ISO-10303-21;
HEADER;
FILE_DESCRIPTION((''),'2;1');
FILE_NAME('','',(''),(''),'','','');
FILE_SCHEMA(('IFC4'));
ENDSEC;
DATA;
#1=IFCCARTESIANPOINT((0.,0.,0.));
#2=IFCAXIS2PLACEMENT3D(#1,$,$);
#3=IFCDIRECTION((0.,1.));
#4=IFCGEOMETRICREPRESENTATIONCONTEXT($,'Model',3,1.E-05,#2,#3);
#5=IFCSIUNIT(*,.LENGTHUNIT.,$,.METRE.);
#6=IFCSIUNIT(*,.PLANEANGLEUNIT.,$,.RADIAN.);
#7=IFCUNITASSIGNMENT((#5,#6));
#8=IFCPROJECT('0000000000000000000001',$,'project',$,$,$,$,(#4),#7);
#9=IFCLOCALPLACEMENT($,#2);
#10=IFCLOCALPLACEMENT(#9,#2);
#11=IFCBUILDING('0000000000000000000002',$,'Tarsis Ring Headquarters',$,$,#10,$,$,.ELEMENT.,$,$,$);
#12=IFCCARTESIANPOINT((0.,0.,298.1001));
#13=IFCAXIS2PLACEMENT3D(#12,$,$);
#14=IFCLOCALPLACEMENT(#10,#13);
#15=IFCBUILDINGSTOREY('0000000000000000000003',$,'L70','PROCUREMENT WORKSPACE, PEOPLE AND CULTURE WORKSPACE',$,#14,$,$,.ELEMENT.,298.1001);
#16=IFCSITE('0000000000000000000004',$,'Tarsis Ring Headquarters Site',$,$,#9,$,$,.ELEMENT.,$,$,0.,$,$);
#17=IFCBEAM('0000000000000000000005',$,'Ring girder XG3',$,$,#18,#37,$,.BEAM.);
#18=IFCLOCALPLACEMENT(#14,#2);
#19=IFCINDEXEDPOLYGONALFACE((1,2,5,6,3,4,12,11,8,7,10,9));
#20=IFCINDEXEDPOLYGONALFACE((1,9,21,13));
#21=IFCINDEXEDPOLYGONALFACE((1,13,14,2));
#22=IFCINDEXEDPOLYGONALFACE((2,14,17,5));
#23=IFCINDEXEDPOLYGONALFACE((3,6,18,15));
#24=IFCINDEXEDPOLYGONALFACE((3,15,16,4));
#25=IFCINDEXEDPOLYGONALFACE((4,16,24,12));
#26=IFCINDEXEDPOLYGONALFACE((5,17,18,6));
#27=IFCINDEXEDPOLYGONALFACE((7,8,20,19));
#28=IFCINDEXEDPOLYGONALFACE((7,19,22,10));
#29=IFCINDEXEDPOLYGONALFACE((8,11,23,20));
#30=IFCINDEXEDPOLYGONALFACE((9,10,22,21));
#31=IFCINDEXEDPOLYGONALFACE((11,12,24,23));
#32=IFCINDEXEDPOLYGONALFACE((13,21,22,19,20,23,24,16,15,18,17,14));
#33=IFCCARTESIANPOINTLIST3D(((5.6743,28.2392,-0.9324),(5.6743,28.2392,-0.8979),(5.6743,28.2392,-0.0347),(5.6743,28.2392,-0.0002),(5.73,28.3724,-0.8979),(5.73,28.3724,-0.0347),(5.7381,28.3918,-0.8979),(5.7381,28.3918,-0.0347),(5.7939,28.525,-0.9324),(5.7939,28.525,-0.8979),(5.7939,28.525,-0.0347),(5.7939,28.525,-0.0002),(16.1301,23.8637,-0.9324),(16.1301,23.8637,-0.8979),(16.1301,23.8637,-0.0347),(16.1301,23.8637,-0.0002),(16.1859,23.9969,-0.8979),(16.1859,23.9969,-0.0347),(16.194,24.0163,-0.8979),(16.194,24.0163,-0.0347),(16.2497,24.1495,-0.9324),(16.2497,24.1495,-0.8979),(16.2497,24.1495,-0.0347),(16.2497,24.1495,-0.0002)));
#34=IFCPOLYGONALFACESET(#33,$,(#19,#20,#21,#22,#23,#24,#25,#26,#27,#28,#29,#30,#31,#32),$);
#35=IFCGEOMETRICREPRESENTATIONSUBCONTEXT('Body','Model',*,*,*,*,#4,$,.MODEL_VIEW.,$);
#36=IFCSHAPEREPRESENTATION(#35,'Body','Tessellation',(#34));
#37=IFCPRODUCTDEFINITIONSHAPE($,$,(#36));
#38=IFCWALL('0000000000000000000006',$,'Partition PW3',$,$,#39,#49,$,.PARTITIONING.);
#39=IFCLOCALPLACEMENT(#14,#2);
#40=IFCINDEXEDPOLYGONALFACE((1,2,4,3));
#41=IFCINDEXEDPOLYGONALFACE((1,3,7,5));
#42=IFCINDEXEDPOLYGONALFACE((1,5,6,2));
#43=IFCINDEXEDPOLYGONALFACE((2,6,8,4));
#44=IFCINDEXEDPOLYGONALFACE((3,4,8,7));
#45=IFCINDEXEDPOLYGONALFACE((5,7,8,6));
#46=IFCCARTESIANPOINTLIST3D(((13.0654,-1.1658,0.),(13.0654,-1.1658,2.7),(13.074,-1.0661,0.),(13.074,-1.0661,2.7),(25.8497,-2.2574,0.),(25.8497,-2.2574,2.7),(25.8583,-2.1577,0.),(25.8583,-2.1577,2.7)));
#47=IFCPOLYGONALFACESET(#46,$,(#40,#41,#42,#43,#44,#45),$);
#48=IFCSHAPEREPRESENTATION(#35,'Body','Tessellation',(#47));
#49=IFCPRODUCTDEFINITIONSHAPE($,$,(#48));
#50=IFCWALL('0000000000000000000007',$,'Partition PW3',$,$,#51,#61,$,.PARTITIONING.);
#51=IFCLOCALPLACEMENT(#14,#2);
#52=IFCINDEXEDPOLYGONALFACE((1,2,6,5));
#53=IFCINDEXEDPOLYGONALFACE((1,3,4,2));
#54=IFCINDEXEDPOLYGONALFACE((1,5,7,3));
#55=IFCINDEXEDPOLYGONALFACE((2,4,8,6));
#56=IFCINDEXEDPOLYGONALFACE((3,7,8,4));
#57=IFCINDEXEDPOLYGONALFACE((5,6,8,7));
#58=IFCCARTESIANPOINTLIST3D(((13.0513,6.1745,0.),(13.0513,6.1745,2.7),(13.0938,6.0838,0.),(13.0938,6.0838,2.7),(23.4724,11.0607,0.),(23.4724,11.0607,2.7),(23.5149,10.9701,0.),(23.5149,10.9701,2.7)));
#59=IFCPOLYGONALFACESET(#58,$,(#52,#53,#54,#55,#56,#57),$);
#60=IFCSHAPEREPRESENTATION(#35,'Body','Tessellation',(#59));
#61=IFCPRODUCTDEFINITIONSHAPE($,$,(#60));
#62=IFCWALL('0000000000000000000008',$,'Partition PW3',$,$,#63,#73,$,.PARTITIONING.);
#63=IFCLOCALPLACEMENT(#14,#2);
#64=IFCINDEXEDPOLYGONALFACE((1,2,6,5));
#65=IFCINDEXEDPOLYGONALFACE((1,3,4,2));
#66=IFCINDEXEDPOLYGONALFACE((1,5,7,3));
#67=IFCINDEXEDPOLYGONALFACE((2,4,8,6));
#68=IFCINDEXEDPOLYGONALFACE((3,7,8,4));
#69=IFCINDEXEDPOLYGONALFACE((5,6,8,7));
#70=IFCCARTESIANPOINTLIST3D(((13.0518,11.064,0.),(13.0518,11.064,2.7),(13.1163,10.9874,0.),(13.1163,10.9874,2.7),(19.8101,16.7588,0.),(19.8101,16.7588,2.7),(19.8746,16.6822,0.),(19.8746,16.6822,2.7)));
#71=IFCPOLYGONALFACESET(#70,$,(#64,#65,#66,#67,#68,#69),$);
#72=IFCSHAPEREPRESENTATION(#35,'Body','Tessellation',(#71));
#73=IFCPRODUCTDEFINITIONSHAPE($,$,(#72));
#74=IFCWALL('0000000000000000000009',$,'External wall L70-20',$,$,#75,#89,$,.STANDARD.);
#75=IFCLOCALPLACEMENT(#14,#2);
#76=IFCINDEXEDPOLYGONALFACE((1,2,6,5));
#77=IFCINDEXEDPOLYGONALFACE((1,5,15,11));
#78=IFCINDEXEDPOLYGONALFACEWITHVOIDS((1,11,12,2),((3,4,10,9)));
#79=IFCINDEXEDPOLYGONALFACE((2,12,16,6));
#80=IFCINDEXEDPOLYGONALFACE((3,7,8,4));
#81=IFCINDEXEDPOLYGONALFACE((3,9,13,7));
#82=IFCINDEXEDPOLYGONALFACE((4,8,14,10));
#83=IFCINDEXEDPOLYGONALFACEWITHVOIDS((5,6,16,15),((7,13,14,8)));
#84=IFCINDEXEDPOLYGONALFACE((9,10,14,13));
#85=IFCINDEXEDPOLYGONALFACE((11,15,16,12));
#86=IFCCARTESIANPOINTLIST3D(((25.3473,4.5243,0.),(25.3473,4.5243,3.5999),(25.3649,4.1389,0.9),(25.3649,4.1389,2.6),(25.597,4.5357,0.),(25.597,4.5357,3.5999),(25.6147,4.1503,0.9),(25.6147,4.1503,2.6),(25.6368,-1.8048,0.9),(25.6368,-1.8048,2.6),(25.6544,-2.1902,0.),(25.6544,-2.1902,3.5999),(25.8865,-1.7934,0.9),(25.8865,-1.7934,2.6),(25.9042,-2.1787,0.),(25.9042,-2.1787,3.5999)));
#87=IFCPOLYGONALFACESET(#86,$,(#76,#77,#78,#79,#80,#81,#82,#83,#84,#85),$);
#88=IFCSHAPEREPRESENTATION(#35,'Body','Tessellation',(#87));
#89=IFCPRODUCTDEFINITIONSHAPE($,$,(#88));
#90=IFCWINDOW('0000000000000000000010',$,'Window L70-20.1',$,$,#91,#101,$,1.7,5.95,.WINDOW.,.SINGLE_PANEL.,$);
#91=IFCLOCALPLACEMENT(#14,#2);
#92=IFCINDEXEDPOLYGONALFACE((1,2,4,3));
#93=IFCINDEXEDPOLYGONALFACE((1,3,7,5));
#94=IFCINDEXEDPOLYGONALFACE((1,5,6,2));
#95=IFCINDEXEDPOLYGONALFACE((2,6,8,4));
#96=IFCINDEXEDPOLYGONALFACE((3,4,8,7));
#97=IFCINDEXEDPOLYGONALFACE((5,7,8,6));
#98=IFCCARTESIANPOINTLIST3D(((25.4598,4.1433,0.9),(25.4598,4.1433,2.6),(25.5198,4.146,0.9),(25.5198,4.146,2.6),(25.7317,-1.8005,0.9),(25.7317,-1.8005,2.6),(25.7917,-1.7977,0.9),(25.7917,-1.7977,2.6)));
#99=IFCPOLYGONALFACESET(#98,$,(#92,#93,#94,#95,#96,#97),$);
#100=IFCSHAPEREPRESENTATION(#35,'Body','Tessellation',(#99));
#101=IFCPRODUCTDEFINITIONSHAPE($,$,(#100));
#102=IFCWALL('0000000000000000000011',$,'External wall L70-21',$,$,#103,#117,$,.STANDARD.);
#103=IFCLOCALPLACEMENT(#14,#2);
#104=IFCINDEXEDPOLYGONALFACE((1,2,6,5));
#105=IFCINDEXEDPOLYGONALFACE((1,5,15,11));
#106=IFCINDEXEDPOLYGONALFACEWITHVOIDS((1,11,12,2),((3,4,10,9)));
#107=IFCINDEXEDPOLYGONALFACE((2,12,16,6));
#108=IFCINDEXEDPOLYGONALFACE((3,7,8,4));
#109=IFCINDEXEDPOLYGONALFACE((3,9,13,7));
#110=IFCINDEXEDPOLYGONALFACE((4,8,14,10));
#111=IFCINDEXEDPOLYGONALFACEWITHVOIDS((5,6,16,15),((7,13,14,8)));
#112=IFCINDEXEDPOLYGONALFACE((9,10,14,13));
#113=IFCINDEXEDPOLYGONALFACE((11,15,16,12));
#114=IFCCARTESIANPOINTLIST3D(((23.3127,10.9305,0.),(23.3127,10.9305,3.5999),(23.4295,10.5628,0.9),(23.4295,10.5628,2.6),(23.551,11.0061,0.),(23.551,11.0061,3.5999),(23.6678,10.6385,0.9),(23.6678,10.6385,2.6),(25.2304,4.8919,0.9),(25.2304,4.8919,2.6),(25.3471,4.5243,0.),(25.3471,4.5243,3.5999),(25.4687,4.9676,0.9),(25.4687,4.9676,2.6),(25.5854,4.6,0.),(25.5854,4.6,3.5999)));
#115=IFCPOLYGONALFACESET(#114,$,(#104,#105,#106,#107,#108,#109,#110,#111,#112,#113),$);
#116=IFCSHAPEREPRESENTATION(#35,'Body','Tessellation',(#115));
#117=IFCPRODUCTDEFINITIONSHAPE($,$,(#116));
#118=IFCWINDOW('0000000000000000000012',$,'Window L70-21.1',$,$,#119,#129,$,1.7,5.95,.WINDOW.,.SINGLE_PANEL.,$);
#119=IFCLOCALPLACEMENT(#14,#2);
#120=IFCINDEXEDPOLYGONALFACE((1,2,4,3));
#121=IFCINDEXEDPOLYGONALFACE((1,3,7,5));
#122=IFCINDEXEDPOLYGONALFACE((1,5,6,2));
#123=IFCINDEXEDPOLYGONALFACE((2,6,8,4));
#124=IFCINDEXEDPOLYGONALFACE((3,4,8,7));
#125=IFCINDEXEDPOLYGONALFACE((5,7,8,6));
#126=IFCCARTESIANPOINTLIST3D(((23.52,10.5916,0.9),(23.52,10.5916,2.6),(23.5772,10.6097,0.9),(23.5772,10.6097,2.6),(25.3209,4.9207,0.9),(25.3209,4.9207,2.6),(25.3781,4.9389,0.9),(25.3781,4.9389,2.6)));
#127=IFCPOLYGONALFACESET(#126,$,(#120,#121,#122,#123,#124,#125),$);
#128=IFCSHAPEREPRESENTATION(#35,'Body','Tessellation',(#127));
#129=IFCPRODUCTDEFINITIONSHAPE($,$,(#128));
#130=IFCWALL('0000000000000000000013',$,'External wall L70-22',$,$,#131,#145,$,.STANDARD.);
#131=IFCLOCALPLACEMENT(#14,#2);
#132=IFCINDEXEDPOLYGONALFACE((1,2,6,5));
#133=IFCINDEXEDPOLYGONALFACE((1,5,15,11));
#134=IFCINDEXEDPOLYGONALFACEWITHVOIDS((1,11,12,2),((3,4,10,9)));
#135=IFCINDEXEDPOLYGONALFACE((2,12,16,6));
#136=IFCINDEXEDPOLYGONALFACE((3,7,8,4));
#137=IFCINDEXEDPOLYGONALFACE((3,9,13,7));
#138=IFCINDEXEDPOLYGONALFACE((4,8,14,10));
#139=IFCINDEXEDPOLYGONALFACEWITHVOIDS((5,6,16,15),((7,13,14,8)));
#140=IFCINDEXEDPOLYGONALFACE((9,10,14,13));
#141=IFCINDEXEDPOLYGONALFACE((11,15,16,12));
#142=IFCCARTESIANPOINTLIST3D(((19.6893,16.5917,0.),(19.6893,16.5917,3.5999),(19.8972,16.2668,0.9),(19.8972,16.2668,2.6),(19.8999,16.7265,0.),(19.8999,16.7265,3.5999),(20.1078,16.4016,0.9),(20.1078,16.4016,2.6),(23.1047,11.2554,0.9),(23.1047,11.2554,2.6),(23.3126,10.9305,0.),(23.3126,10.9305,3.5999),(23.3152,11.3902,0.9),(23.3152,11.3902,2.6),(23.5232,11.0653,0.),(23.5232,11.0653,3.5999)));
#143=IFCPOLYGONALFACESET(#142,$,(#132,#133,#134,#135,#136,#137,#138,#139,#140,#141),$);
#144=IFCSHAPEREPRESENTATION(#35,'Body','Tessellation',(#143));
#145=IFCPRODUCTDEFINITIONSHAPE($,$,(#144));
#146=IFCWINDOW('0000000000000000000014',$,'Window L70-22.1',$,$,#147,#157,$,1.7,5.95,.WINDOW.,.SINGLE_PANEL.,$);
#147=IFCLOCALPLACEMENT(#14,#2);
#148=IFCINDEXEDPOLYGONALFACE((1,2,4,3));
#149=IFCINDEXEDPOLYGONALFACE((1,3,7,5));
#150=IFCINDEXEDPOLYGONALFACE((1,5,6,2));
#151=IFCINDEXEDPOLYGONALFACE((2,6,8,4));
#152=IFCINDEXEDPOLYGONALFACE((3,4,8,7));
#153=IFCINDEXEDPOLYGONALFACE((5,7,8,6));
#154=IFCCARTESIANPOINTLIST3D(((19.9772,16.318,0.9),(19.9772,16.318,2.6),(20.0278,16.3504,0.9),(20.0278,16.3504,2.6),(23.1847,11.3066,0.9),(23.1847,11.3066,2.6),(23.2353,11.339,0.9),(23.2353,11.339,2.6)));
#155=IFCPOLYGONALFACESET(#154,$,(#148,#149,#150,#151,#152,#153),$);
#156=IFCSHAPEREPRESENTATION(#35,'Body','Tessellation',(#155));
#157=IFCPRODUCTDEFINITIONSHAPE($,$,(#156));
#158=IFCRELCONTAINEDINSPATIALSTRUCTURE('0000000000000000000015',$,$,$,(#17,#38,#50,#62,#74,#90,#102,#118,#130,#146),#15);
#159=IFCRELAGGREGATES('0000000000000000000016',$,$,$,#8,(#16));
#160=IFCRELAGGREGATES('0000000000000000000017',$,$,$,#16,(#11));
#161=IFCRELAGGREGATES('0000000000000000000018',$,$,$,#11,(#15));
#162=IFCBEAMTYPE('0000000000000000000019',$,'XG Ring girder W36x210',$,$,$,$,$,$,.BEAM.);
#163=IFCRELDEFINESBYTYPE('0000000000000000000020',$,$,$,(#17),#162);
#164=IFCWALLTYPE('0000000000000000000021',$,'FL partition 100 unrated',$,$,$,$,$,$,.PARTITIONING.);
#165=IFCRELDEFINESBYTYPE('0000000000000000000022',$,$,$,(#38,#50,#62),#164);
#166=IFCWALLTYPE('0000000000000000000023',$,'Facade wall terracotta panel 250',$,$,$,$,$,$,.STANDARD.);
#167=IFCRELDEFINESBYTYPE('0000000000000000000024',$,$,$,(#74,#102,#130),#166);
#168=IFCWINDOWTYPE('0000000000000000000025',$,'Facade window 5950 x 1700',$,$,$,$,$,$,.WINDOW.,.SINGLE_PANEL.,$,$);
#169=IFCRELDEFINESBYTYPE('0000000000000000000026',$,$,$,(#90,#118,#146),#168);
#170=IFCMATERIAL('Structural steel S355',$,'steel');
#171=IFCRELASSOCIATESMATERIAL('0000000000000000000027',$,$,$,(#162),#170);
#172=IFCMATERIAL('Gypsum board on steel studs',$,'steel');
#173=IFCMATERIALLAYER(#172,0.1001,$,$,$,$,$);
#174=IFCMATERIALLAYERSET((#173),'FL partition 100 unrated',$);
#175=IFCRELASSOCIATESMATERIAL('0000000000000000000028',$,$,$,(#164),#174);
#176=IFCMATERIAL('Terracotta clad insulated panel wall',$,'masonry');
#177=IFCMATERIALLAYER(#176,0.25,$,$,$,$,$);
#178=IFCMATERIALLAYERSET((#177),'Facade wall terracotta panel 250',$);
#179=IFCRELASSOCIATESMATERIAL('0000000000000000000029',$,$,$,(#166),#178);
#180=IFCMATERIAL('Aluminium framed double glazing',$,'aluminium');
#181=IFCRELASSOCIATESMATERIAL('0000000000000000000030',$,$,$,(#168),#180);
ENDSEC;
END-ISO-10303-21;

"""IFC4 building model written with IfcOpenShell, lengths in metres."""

from ifc_helpers import new_model, si_unit, direction, frame, frame_2d, origin, origin_2d, place, context, subcontext, project, spatial, rectangle, i_section, extrude, material, layer, layer_set, material_profile, profile_set, type_object, element, fill, save


model = new_model("IFC4")

# Units and contexts
model_context = context("Model", 3, precision=1e-05, world=origin(), true_north=direction((0.0, 1.0)))
body_context = subcontext(model_context, "Body", "Model", "MODEL_VIEW")
ifc_project = project(units=[si_unit("LENGTHUNIT", "METRE"), si_unit("PLANEANGLEUNIT", "RADIAN")], contexts=[model_context])

# Site, building, storey
site_placement = place(None, origin())
site = spatial("IfcSite", under=ifc_project, at=site_placement, Name="Tarsis Ring Headquarters Site", CompositionType="ELEMENT", RefElevation=0.0)
building_placement = place(site_placement, origin())
building = spatial("IfcBuilding", under=site, at=building_placement, Name="Tarsis Ring Headquarters", CompositionType="ELEMENT")
storey_placement = place(building_placement, frame((0.0, 0.0, 298.1001)))
storey = spatial("IfcBuildingStorey", under=building, at=storey_placement, Name="L70", Description="PROCUREMENT WORKSPACE, PEOPLE AND CULTURE WORKSPACE", CompositionType="ELEMENT", Elevation=298.1001)

# Shared definitions
ifc_material_1 = material(Name="Structural steel S355", Category="steel")

# Beam
ifc_material_profile_1 = material_profile(ifc_material_1, i_section(OverallWidth=0.3098, OverallDepth=0.9321, WebThickness=0.021, FlangeThickness=0.0344, at=origin_2d()), Name="W36x210")
ifc_profile_set_1 = profile_set([ifc_material_profile_1], Name="Structural steel S355")
beam_type_1 = type_object("IfcBeamType", Name="XG Ring girder W36x210", PredefinedType="BEAM", material=ifc_profile_set_1)
for number, where, z_axis, x_axis, name in (
    (1, (16.1899, 24.0066, -0.4663), (-0.922484, 0.386036, 0.0), (-0.386036, -0.922484, 0.0), "Ring girder XG3"),
):
    element("IfcBeam", number, at=place(storey_placement, frame(where, z_axis=z_axis, x_axis=x_axis)), inside=storey, type_object=beam_type_1, Name=name, PredefinedType="BEAM", context=body_context, shape_type="SweptSolid", body=[
        extrude(i_section(OverallWidth=0.3098, OverallDepth=0.9321, WebThickness=0.021, FlangeThickness=0.0344, at=origin_2d()), origin(), (0.0, 0.0, 1.0), 11.3345),
    ])

# Walls
ifc_material_2 = material(Name="Gypsum board on steel studs", Category="steel")
ifc_layer_1 = layer(ifc_material_2, 0.1001)
ifc_layer_set_1 = layer_set([ifc_layer_1], Name="FL partition 100 unrated")
wall_type_1 = type_object("IfcWallType", Name="FL partition 100 unrated", PredefinedType="PARTITIONING", material=ifc_layer_set_1)
wall_1_placement = place(storey_placement, frame((13.0696, -1.116, 0.0), z_axis=(0.0, 0.0, 1.0), x_axis=(0.996375, -0.085074, 0.0)))
element("IfcWall", 2, at=wall_1_placement, inside=storey, type_object=wall_type_1, Name="Partition PW3", PredefinedType="PARTITIONING", context=body_context, shape_type="SweptSolid", body=[
    extrude(rectangle(XDim=12.8308, YDim=0.1001, at=frame_2d((6.4155, 0.0))), origin(), (0.0, 0.0, 1.0), 2.7),
])
wall_2_placement = place(storey_placement, frame((13.0725, 6.1292, 0.0), z_axis=(0.0, 0.0, 1.0), x_axis=(0.905415, 0.424528, 0.0)))
element("IfcWall", 3, at=wall_2_placement, inside=storey, type_object=wall_type_1, Name="Partition PW3", PredefinedType="PARTITIONING", context=body_context, shape_type="SweptSolid", body=[
    extrude(rectangle(XDim=11.5098, YDim=0.1001, at=frame_2d((5.7549, 0.0))), origin(), (0.0, 0.0, 1.0), 2.7),
])
wall_3_placement = place(storey_placement, frame((13.084, 11.0256, 0.0), z_axis=(0.0, 0.0, 1.0), x_axis=(0.764709, 0.644376, 0.0)))
element("IfcWall", 4, at=wall_3_placement, inside=storey, type_object=wall_type_1, Name="Partition PW3", PredefinedType="PARTITIONING", context=body_context, shape_type="SweptSolid", body=[
    extrude(rectangle(XDim=8.8376, YDim=0.1001, at=frame_2d((4.4189, 0.0))), origin(), (0.0, 0.0, 1.0), 2.7),
])

# Walls, openings, windows
ifc_material_3 = material(Name="Terracotta clad insulated panel wall", Category="masonry")
ifc_layer_2 = layer(ifc_material_3, 0.25)
ifc_layer_set_2 = layer_set([ifc_layer_2], Name="Facade wall terracotta panel 250")
wall_type_2 = type_object("IfcWallType", Name="Facade wall terracotta panel 250", PredefinedType="STANDARD", material=ifc_layer_set_2)
wall_4_placement = place(storey_placement, frame((25.7793, -2.1846, 0.0), z_axis=(0.0, 0.0, 1.0), x_axis=(-0.045694, 0.998955, 0.0)))
wall_4 = element("IfcWall", 5, at=wall_4_placement, inside=storey, type_object=wall_type_2, Name="External wall L70-20", PredefinedType="STANDARD", context=body_context, shape_type="SweptSolid", body=[
    extrude(rectangle(XDim=6.7214, YDim=0.25, at=frame_2d((3.3608, 0.0))), origin(), (0.0, 0.0, 1.0), 3.5999),
])
opening_1_placement = place(wall_4_placement, frame((0.3857, 0.0, 0.8999)))
opening_1 = element("IfcOpeningElement", 6, at=opening_1_placement, cuts=wall_4, PredefinedType="OPENING", context=body_context, shape_type="SweptSolid", body=[
    extrude(rectangle(XDim=5.95, YDim=1.7, at=frame_2d((2.9751, 0.8501))), frame((0.0, 0.135, 0.0), z_axis=(0.0, -1.0, 0.0), x_axis=(1.0, 0.0, 0.0)), (0.0, 0.0, 1.0), 0.27),
])
ifc_material_4 = material(Name="Aluminium framed double glazing", Category="aluminium")
window_type = type_object("IfcWindowType", Name="Facade window 5950 x 1700", PartitioningType="SINGLE_PANEL", PredefinedType="WINDOW", material=ifc_material_4)
window_1_placement = place(opening_1_placement, origin())
window_1 = element("IfcWindow", 7, at=window_1_placement, inside=storey, type_object=window_type, Name="Window L70-20.1", OverallHeight=1.7, OverallWidth=5.95, PartitioningType="SINGLE_PANEL", PredefinedType="WINDOW", context=body_context, shape_type="SweptSolid", body=[
    extrude(rectangle(XDim=5.95, YDim=1.7, at=frame_2d((2.9751, 0.8501))), frame((0.0, 0.03, 0.0), z_axis=(0.0, -1.0, 0.0), x_axis=(1.0, 0.0, 0.0)), (0.0, 0.0, 1.0), 0.0601),
])
fill(opening_1, window_1)
wall_5_placement = place(storey_placement, frame((25.4663, 4.562, 0.0), z_axis=(0.0, 0.0, 1.0), x_axis=(-0.302673, 0.953094, 0.0)))
wall_5 = element("IfcWall", 8, at=wall_5_placement, inside=storey, type_object=wall_type_2, Name="External wall L70-21", PredefinedType="STANDARD", context=body_context, shape_type="SweptSolid", body=[
    extrude(rectangle(XDim=6.7214, YDim=0.25, at=frame_2d((3.3608, 0.0))), origin(), (0.0, 0.0, 1.0), 3.5999),
])
opening_2_placement = place(wall_5_placement, frame((0.3857, 0.0, 0.8999)))
opening_2 = element("IfcOpeningElement", 9, at=opening_2_placement, cuts=wall_5, PredefinedType="OPENING", context=body_context, shape_type="SweptSolid", body=[
    extrude(rectangle(XDim=5.95, YDim=1.7, at=frame_2d((2.9751, 0.8501))), frame((0.0, 0.135, 0.0), z_axis=(0.0, -1.0, 0.0), x_axis=(1.0, 0.0, 0.0)), (0.0, 0.0, 1.0), 0.27),
])
window_2_placement = place(opening_2_placement, origin())
window_2 = element("IfcWindow", 10, at=window_2_placement, inside=storey, type_object=window_type, Name="Window L70-21.1", OverallHeight=1.7, OverallWidth=5.95, PartitioningType="SINGLE_PANEL", PredefinedType="WINDOW", context=body_context, shape_type="SweptSolid", body=[
    extrude(rectangle(XDim=5.95, YDim=1.7, at=frame_2d((2.9751, 0.8501))), frame((0.0, 0.03, 0.0), z_axis=(0.0, -1.0, 0.0), x_axis=(1.0, 0.0, 0.0)), (0.0, 0.0, 1.0), 0.0601),
])
fill(opening_2, window_2)
wall_6_placement = place(storey_placement, frame((23.418, 10.9978, 0.0), z_axis=(0.0, 0.0, 1.0), x_axis=(-0.539071, 0.84226, 0.0)))
wall_6 = element("IfcWall", 11, at=wall_6_placement, inside=storey, type_object=wall_type_2, Name="External wall L70-22", PredefinedType="STANDARD", context=body_context, shape_type="SweptSolid", body=[
    extrude(rectangle(XDim=6.7214, YDim=0.25, at=frame_2d((3.3608, 0.0))), origin(), (0.0, 0.0, 1.0), 3.5999),
])
opening_3_placement = place(wall_6_placement, frame((0.3857, 0.0, 0.8999)))
opening_3 = element("IfcOpeningElement", 12, at=opening_3_placement, cuts=wall_6, PredefinedType="OPENING", context=body_context, shape_type="SweptSolid", body=[
    extrude(rectangle(XDim=5.95, YDim=1.7, at=frame_2d((2.9751, 0.8501))), frame((0.0, 0.135, 0.0), z_axis=(0.0, -1.0, 0.0), x_axis=(1.0, 0.0, 0.0)), (0.0, 0.0, 1.0), 0.27),
])
window_3_placement = place(opening_3_placement, origin())
window_3 = element("IfcWindow", 13, at=window_3_placement, inside=storey, type_object=window_type, Name="Window L70-22.1", OverallHeight=1.7, OverallWidth=5.95, PartitioningType="SINGLE_PANEL", PredefinedType="WINDOW", context=body_context, shape_type="SweptSolid", body=[
    extrude(rectangle(XDim=5.95, YDim=1.7, at=frame_2d((2.9751, 0.8501))), frame((0.0, 0.03, 0.0), z_axis=(0.0, -1.0, 0.0), x_axis=(1.0, 0.0, 0.0)), (0.0, 0.0, 1.0), 0.0601),
])
fill(opening_3, window_3)

save(model, "model.ifc")
